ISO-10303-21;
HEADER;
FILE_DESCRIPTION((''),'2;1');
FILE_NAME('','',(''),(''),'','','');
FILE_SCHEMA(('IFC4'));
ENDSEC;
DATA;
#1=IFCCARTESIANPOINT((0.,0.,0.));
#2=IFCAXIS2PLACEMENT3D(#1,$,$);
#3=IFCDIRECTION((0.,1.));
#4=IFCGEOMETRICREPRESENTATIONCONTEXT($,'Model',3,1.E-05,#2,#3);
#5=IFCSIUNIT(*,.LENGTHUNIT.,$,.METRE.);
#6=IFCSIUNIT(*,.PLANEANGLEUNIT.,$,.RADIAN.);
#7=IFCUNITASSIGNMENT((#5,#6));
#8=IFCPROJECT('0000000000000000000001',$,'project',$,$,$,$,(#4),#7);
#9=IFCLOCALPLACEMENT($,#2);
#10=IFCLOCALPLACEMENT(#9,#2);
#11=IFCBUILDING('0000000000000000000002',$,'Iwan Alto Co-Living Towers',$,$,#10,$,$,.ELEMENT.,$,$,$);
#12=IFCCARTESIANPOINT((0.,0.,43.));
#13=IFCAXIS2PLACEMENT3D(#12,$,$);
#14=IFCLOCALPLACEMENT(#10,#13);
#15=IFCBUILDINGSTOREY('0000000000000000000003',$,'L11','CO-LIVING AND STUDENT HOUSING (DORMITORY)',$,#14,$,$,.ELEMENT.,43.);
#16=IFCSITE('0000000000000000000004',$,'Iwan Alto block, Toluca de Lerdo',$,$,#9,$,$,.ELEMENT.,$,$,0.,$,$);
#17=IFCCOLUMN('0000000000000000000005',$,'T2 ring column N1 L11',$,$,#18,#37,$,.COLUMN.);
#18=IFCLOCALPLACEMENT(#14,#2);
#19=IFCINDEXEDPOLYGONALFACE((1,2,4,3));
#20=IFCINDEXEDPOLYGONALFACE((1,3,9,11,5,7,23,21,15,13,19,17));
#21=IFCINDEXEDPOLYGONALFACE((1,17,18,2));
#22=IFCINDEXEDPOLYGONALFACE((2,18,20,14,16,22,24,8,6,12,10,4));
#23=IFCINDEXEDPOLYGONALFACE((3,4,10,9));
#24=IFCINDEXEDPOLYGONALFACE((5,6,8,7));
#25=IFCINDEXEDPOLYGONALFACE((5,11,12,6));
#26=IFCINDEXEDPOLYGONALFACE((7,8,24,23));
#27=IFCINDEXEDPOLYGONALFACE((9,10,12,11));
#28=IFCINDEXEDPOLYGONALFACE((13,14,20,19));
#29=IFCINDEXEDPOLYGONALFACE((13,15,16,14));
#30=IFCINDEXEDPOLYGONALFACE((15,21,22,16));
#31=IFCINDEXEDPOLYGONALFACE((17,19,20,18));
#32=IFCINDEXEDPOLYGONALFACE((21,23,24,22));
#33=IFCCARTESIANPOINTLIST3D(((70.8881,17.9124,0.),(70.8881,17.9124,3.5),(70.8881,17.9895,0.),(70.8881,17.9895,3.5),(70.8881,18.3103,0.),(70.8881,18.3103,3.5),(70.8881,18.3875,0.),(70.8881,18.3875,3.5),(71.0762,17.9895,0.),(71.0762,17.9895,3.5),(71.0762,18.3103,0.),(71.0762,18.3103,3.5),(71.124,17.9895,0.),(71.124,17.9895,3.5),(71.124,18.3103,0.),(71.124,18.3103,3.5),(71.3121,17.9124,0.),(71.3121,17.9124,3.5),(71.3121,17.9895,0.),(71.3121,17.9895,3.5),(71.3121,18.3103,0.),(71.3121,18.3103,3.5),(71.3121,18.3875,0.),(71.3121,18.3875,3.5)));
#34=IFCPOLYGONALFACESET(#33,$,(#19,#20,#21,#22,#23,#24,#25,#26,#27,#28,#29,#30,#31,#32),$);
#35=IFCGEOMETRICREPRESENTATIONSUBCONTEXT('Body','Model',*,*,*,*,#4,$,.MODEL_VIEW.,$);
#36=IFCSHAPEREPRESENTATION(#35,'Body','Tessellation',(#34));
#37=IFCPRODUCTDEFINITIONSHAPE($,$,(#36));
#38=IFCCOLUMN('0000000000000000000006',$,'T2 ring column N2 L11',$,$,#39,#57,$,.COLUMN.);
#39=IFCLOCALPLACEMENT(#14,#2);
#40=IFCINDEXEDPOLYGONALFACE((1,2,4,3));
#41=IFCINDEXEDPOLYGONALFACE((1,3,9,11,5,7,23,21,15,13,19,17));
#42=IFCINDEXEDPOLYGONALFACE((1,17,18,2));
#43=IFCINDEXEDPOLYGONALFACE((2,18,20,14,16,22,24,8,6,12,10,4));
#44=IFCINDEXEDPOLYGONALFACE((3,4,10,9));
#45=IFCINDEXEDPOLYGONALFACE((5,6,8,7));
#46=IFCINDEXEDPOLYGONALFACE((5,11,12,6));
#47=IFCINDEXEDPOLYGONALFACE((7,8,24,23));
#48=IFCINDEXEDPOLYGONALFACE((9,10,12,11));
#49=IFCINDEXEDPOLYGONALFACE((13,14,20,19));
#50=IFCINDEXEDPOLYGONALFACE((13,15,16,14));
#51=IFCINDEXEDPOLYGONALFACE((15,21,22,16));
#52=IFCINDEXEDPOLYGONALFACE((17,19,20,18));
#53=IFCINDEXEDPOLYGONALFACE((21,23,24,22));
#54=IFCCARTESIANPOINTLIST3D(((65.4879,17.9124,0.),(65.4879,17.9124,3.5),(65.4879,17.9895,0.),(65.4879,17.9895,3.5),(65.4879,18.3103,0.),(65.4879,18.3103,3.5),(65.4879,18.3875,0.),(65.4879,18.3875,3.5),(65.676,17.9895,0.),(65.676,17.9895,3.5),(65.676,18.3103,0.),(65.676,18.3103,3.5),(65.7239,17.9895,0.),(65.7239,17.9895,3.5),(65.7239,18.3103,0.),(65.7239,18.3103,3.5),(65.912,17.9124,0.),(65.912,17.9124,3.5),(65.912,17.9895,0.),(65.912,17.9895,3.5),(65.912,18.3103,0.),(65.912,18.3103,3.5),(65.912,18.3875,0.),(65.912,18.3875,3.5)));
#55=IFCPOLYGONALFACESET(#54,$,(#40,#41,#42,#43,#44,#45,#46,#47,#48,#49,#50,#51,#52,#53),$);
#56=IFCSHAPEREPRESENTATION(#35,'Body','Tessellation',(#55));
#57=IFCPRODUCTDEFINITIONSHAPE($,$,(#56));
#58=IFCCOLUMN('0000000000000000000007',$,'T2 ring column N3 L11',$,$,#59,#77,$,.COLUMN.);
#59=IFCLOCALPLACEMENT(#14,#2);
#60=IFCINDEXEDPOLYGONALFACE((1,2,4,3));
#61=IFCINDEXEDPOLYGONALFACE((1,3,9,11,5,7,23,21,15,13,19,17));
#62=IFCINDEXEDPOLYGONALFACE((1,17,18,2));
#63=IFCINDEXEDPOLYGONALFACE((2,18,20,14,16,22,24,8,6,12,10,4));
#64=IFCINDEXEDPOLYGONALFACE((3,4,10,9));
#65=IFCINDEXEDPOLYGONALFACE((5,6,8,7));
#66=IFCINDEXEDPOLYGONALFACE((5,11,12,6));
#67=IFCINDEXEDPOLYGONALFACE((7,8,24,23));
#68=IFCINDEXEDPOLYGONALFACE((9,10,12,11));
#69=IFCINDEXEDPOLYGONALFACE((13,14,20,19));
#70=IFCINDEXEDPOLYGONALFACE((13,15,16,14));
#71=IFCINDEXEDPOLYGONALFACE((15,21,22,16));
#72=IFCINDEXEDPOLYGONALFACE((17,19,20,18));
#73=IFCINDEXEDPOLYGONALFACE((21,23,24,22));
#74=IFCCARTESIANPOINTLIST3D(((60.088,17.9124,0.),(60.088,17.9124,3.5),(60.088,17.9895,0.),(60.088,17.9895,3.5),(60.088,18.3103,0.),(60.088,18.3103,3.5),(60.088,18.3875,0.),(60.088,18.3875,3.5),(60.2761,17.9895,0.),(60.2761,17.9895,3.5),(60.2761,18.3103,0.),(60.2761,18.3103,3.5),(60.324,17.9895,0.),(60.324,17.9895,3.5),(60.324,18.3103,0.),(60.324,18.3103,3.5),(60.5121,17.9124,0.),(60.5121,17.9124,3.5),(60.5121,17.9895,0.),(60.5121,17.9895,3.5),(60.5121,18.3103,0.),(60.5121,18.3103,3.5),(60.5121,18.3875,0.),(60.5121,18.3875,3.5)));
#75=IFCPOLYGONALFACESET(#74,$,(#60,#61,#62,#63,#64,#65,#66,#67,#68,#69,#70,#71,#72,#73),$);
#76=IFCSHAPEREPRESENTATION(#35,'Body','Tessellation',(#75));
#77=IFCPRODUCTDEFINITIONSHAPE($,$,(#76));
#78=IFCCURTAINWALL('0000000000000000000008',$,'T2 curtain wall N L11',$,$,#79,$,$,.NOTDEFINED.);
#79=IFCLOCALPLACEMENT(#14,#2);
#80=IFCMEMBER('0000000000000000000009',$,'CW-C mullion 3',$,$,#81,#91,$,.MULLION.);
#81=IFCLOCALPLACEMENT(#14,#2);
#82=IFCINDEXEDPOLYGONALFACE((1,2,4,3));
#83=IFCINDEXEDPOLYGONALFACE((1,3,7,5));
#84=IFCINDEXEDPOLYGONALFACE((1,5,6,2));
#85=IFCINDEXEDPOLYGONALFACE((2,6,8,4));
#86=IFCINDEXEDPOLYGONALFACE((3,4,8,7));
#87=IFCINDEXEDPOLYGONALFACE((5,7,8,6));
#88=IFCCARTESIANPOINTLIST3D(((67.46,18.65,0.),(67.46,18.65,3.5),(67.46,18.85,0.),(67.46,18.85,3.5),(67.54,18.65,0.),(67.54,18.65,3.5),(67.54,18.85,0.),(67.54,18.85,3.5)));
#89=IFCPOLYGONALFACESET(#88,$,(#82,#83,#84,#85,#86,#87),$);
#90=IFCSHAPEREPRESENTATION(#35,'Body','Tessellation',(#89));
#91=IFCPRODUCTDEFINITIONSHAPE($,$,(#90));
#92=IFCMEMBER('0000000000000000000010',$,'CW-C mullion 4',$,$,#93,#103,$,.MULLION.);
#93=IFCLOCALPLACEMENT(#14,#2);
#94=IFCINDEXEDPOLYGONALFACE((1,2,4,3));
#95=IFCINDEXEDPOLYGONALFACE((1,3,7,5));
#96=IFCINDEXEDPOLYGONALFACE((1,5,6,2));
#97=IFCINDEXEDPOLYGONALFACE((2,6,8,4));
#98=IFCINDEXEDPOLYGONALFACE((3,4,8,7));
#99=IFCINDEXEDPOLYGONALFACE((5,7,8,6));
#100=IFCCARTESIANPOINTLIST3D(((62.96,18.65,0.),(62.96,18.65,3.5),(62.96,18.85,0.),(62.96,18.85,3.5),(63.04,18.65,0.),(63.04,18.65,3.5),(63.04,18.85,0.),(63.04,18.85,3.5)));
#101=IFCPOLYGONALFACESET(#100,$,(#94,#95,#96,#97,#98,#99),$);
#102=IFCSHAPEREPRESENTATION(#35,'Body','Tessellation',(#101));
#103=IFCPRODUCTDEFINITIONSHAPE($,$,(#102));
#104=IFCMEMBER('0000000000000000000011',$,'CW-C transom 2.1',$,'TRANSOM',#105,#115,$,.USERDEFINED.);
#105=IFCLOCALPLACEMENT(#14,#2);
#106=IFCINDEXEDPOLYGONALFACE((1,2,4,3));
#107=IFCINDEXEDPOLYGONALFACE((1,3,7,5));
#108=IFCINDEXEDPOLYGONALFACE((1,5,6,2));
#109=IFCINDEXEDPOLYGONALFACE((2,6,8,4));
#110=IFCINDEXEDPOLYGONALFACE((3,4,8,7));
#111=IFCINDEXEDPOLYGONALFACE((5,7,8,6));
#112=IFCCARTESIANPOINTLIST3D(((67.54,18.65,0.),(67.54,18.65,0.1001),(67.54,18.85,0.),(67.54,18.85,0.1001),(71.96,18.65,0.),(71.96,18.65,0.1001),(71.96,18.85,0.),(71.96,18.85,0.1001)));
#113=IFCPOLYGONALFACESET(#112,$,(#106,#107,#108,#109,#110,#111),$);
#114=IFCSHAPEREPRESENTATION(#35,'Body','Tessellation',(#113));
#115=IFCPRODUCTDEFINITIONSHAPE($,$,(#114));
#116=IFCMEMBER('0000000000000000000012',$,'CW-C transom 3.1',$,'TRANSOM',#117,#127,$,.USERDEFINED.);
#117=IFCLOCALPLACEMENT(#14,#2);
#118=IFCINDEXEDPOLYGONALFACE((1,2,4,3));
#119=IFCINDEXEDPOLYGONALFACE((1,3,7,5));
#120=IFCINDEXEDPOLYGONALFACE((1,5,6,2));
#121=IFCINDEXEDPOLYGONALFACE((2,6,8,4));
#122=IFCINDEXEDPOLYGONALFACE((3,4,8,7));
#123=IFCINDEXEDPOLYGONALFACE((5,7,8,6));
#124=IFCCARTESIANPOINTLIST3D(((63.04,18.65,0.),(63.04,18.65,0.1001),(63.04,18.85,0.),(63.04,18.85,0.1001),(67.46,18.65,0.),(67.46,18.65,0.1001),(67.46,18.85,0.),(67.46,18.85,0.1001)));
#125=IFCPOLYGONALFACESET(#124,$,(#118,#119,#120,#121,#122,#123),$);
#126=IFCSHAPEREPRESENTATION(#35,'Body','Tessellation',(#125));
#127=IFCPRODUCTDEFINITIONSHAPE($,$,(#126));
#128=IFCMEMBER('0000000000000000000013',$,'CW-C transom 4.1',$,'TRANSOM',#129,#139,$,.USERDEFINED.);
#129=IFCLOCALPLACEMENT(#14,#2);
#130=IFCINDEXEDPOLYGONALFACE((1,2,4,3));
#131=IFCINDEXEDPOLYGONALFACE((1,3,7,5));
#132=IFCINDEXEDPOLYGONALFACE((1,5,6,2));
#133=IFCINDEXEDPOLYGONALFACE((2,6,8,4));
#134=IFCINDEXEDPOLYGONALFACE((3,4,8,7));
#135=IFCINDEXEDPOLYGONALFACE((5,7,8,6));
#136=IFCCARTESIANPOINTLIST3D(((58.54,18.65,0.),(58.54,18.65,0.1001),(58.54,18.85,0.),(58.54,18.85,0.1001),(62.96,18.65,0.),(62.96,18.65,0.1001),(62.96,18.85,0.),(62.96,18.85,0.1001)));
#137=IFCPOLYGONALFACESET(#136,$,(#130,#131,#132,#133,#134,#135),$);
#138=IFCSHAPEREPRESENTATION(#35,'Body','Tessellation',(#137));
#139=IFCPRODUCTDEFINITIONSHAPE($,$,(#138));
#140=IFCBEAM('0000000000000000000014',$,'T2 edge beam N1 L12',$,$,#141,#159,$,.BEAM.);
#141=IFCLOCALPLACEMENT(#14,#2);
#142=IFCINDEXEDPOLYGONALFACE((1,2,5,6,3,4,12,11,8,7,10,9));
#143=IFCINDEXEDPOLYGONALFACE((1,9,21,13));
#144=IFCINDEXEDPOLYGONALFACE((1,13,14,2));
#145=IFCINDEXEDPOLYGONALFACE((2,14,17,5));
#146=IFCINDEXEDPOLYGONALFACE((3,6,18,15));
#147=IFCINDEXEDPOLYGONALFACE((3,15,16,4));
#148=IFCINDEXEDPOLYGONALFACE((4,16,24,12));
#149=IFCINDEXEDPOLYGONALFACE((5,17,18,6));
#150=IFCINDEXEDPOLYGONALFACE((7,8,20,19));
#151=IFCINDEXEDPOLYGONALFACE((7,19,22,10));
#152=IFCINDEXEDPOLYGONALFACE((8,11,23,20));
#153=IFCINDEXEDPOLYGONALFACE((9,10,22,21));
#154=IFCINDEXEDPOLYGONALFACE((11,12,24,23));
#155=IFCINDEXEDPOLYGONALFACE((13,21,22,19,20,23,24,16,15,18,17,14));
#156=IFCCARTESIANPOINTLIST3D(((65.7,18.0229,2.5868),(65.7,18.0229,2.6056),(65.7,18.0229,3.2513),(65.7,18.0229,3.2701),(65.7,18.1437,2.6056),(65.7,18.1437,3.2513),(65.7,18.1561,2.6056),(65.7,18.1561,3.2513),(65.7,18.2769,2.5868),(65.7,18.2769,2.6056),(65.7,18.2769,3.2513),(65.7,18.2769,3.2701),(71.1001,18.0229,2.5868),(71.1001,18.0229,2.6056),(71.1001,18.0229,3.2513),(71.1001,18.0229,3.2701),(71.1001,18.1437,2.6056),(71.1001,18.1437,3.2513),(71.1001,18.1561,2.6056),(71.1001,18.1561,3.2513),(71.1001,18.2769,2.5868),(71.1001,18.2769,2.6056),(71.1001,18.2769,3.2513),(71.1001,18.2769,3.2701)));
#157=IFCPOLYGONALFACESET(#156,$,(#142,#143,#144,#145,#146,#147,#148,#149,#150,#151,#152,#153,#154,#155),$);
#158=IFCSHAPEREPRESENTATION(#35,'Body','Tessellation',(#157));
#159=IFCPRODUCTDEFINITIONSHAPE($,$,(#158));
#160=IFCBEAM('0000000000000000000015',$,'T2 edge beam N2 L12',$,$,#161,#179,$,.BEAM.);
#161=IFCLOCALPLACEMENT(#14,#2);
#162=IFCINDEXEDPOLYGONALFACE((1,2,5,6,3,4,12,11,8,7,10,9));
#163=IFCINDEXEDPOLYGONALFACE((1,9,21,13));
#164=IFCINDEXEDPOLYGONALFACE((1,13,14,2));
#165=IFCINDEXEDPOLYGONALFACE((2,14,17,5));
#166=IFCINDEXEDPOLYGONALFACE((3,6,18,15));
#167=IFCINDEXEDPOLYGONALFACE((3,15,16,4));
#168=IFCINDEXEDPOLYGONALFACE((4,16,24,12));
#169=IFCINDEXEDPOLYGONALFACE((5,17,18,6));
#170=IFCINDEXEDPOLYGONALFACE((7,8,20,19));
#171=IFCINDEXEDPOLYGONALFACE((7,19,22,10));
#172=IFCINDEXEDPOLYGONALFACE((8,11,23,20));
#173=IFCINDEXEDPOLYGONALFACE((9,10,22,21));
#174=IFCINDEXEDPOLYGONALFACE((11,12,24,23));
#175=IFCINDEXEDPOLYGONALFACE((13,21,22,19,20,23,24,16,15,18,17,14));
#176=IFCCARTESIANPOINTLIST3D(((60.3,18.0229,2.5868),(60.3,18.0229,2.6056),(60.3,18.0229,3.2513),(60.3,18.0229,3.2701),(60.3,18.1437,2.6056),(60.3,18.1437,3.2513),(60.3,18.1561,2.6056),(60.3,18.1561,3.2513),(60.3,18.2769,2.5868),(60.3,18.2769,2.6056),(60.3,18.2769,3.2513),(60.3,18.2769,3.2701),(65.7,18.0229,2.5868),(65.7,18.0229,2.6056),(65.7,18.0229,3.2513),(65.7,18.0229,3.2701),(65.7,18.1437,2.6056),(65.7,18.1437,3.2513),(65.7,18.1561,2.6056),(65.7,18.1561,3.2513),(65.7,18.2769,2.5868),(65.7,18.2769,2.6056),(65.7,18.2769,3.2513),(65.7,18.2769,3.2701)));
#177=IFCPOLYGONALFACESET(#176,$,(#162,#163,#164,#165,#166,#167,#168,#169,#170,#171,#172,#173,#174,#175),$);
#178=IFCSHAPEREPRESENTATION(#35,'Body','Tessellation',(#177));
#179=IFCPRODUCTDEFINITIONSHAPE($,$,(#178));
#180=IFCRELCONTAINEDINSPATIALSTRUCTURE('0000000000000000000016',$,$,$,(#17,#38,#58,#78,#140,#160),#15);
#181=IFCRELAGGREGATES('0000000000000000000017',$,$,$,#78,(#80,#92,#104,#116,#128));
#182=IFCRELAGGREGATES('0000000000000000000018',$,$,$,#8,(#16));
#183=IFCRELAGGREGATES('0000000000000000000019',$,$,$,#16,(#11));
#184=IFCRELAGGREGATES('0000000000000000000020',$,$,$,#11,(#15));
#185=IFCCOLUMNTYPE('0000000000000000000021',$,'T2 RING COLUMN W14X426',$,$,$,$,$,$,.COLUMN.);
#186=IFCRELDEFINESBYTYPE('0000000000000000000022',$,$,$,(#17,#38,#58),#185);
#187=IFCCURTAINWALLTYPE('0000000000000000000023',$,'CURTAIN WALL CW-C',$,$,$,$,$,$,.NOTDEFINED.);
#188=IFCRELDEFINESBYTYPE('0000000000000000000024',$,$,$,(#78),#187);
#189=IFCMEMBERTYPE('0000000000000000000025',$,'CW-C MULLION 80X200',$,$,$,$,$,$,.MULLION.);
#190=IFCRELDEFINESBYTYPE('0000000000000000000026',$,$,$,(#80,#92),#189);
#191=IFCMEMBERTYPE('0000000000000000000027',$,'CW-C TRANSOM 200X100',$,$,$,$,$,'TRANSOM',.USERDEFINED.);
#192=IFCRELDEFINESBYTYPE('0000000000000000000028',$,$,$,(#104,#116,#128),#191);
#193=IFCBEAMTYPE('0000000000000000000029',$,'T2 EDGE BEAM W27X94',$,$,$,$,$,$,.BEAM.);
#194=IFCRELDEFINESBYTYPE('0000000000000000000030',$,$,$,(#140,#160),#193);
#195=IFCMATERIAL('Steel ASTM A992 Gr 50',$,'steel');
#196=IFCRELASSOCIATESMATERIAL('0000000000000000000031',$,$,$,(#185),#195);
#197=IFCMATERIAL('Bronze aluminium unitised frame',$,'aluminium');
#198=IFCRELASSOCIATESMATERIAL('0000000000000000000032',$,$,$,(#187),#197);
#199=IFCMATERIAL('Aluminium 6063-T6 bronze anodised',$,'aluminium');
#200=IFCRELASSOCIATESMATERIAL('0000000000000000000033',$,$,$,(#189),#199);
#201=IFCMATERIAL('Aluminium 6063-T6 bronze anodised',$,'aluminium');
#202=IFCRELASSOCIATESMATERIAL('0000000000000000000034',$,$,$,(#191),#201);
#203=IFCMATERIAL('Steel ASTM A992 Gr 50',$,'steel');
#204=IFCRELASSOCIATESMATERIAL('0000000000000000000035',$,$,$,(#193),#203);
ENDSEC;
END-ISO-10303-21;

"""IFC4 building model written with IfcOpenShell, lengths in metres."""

from ifc_helpers import new_model, si_unit, direction, frame, origin, origin_2d, place, context, subcontext, project, spatial, rectangle, i_section, extrude, material, material_profile, profile_set, type_object, element, aggregate, save


model = new_model("IFC4")

# Units and contexts
model_context = context("Model", 3, precision=1e-05, world=origin(), true_north=direction((0.0, 1.0)))
body_context = subcontext(model_context, "Body", "Model", "MODEL_VIEW")
ifc_project = project(units=[si_unit("LENGTHUNIT", "METRE"), si_unit("PLANEANGLEUNIT", "RADIAN")], contexts=[model_context])

# Site, building, storey
site_placement = place(None, origin())
site = spatial("IfcSite", under=ifc_project, at=site_placement, Name="Iwan Alto block, Toluca de Lerdo", CompositionType="ELEMENT", RefElevation=0.0)
building_placement = place(site_placement, origin())
building = spatial("IfcBuilding", under=site, at=building_placement, Name="Iwan Alto Co-Living Towers", CompositionType="ELEMENT")
storey_placement = place(building_placement, frame((0.0, 0.0, 43.0)))
storey = spatial("IfcBuildingStorey", under=building, at=storey_placement, Name="L11", Description="CO-LIVING AND STUDENT HOUSING (DORMITORY)", CompositionType="ELEMENT", Elevation=43.0)

# Columns
ifc_material_1 = material(Name="Steel ASTM A992 Gr 50", Category="steel")
ifc_material_profile_1 = material_profile(ifc_material_1, i_section(OverallWidth=0.4241, OverallDepth=0.4751, WebThickness=0.0479, FlangeThickness=0.0771, at=origin_2d()), Name="W14X426")
ifc_profile_set_1 = profile_set([ifc_material_profile_1], Name="Steel ASTM A992 Gr 50")
column_type = type_object("IfcColumnType", Name="T2 RING COLUMN W14X426", PredefinedType="COLUMN", material=ifc_profile_set_1)
for number, where, z_axis, x_axis, name in (
    (1, (71.1001, 18.1499, 0.0), (0.0, 0.0, 1.0), (1.0, 0.0, 0.0), "T2 ring column N1 L11"),
    (2, (65.7, 18.1499, 0.0), (0.0, 0.0, 1.0), (1.0, 0.0, 0.0), "T2 ring column N2 L11"),
    (3, (60.3, 18.1499, 0.0), (0.0, 0.0, 1.0), (1.0, 0.0, 0.0), "T2 ring column N3 L11"),
):
    element("IfcColumn", number, at=place(storey_placement, frame(where, z_axis=z_axis, x_axis=x_axis)), inside=storey, type_object=column_type, Name=name, PredefinedType="COLUMN", context=body_context, shape_type="SweptSolid", body=[
        extrude(i_section(OverallWidth=0.4241, OverallDepth=0.4751, WebThickness=0.0479, FlangeThickness=0.0771, at=origin_2d()), origin(), (0.0, 0.0, 1.0), 3.5),
    ])

# Curtain wall, members
ifc_material_2 = material(Name="Bronze aluminium unitised frame", Category="aluminium")
curtain_wall_type = type_object("IfcCurtainWallType", Name="CURTAIN WALL CW-C", PredefinedType="NOTDEFINED", material=ifc_material_2)
curtain_wall_placement = place(storey_placement, origin())
curtain_wall = element("IfcCurtainWall", 4, at=curtain_wall_placement, inside=storey, type_object=curtain_wall_type, Name="T2 curtain wall N L11", PredefinedType="NOTDEFINED")
ifc_material_3 = material(Name="Aluminium 6063-T6 bronze anodised", Category="aluminium")
ifc_material_profile_2 = material_profile(ifc_material_3, rectangle(XDim=0.2, YDim=0.0801, at=origin_2d()), Name="AL 80X200")
ifc_profile_set_2 = profile_set([ifc_material_profile_2], Name="Aluminium 6063-T6 bronze anodised")
member_type_1 = type_object("IfcMemberType", Name="CW-C MULLION 80X200", PredefinedType="MULLION", material=ifc_profile_set_2)
member_1_placement = place(storey_placement, frame((67.5, 18.75, 0.0), z_axis=(0.0, 0.0, 1.0), x_axis=(0.0, -1.0, 0.0)))
member_1 = element("IfcMember", 5, at=member_1_placement, type_object=member_type_1, Name="CW-C mullion 3", PredefinedType="MULLION", context=body_context, shape_type="SweptSolid", body=[
    extrude(rectangle(XDim=0.2, YDim=0.0801, at=origin_2d()), origin(), (0.0, 0.0, 1.0), 3.5),
])
member_2_placement = place(storey_placement, frame((63.0, 18.75, 0.0), z_axis=(0.0, 0.0, 1.0), x_axis=(0.0, -1.0, 0.0)))
member_2 = element("IfcMember", 6, at=member_2_placement, type_object=member_type_1, Name="CW-C mullion 4", PredefinedType="MULLION", context=body_context, shape_type="SweptSolid", body=[
    extrude(rectangle(XDim=0.2, YDim=0.0801, at=origin_2d()), origin(), (0.0, 0.0, 1.0), 3.5),
])
ifc_material_4 = material(Name="Aluminium 6063-T6 bronze anodised", Category="aluminium")
ifc_material_profile_3 = material_profile(ifc_material_4, rectangle(XDim=0.2, YDim=0.1001, at=origin_2d()), Name="AL 200X100")
ifc_profile_set_3 = profile_set([ifc_material_profile_3], Name="Aluminium 6063-T6 bronze anodised")
member_type_2 = type_object("IfcMemberType", Name="CW-C TRANSOM 200X100", ElementType="TRANSOM", PredefinedType="USERDEFINED", material=ifc_profile_set_3)
member_3_placement = place(storey_placement, frame((71.96, 18.75, 0.05), z_axis=(-1.0, 0.0, 0.0), x_axis=(0.0, -1.0, 0.0)))
member_3 = element("IfcMember", 7, at=member_3_placement, type_object=member_type_2, Name="CW-C transom 2.1", ObjectType="TRANSOM", PredefinedType="USERDEFINED", context=body_context, shape_type="SweptSolid", body=[
    extrude(rectangle(XDim=0.2, YDim=0.1001, at=origin_2d()), origin(), (0.0, 0.0, 1.0), 4.4199),
])
member_4_placement = place(storey_placement, frame((67.46, 18.75, 0.05), z_axis=(-1.0, 0.0, 0.0), x_axis=(0.0, -1.0, 0.0)))
member_4 = element("IfcMember", 8, at=member_4_placement, type_object=member_type_2, Name="CW-C transom 3.1", ObjectType="TRANSOM", PredefinedType="USERDEFINED", context=body_context, shape_type="SweptSolid", body=[
    extrude(rectangle(XDim=0.2, YDim=0.1001, at=origin_2d()), origin(), (0.0, 0.0, 1.0), 4.4199),
])
member_5_placement = place(storey_placement, frame((62.96, 18.75, 0.05), z_axis=(-1.0, 0.0, 0.0), x_axis=(0.0, -1.0, 0.0)))
member_5 = element("IfcMember", 9, at=member_5_placement, type_object=member_type_2, Name="CW-C transom 4.1", ObjectType="TRANSOM", PredefinedType="USERDEFINED", context=body_context, shape_type="SweptSolid", body=[
    extrude(rectangle(XDim=0.2, YDim=0.1001, at=origin_2d()), origin(), (0.0, 0.0, 1.0), 4.4199),
])

# Beams
ifc_material_5 = material(Name="Steel ASTM A992 Gr 50", Category="steel")
ifc_material_profile_4 = material_profile(ifc_material_5, i_section(OverallWidth=0.2539, OverallDepth=0.6833, WebThickness=0.0125, FlangeThickness=0.0188, at=origin_2d()), Name="W27X94")
ifc_profile_set_4 = profile_set([ifc_material_profile_4], Name="Steel ASTM A992 Gr 50")
beam_type_1 = type_object("IfcBeamType", Name="T2 EDGE BEAM W27X94", PredefinedType="BEAM", material=ifc_profile_set_4)
beam_1_placement = place(storey_placement, frame((71.1001, 18.1499, 2.9285), z_axis=(-1.0, 0.0, 0.0), x_axis=(0.0, -1.0, 0.0)))
element("IfcBeam", 10, at=beam_1_placement, inside=storey, type_object=beam_type_1, Name="T2 edge beam N1 L12", PredefinedType="BEAM", context=body_context, shape_type="SweptSolid", body=[
    extrude(i_section(OverallWidth=0.2539, OverallDepth=0.6833, WebThickness=0.0125, FlangeThickness=0.0188, at=origin_2d()), origin(), (0.0, 0.0, 1.0), 5.4001),
])
beam_2_placement = place(storey_placement, frame((65.7, 18.1499, 2.9285), z_axis=(-1.0, 0.0, 0.0), x_axis=(0.0, -1.0, 0.0)))
element("IfcBeam", 11, at=beam_2_placement, inside=storey, type_object=beam_type_1, Name="T2 edge beam N2 L12", PredefinedType="BEAM", context=body_context, shape_type="SweptSolid", body=[
    extrude(i_section(OverallWidth=0.2539, OverallDepth=0.6833, WebThickness=0.0125, FlangeThickness=0.0188, at=origin_2d()), origin(), (0.0, 0.0, 1.0), 5.3999),
])

aggregate(curtain_wall, [member_1, member_2, member_3, member_4, member_5])

save(model, "model.ifc")
